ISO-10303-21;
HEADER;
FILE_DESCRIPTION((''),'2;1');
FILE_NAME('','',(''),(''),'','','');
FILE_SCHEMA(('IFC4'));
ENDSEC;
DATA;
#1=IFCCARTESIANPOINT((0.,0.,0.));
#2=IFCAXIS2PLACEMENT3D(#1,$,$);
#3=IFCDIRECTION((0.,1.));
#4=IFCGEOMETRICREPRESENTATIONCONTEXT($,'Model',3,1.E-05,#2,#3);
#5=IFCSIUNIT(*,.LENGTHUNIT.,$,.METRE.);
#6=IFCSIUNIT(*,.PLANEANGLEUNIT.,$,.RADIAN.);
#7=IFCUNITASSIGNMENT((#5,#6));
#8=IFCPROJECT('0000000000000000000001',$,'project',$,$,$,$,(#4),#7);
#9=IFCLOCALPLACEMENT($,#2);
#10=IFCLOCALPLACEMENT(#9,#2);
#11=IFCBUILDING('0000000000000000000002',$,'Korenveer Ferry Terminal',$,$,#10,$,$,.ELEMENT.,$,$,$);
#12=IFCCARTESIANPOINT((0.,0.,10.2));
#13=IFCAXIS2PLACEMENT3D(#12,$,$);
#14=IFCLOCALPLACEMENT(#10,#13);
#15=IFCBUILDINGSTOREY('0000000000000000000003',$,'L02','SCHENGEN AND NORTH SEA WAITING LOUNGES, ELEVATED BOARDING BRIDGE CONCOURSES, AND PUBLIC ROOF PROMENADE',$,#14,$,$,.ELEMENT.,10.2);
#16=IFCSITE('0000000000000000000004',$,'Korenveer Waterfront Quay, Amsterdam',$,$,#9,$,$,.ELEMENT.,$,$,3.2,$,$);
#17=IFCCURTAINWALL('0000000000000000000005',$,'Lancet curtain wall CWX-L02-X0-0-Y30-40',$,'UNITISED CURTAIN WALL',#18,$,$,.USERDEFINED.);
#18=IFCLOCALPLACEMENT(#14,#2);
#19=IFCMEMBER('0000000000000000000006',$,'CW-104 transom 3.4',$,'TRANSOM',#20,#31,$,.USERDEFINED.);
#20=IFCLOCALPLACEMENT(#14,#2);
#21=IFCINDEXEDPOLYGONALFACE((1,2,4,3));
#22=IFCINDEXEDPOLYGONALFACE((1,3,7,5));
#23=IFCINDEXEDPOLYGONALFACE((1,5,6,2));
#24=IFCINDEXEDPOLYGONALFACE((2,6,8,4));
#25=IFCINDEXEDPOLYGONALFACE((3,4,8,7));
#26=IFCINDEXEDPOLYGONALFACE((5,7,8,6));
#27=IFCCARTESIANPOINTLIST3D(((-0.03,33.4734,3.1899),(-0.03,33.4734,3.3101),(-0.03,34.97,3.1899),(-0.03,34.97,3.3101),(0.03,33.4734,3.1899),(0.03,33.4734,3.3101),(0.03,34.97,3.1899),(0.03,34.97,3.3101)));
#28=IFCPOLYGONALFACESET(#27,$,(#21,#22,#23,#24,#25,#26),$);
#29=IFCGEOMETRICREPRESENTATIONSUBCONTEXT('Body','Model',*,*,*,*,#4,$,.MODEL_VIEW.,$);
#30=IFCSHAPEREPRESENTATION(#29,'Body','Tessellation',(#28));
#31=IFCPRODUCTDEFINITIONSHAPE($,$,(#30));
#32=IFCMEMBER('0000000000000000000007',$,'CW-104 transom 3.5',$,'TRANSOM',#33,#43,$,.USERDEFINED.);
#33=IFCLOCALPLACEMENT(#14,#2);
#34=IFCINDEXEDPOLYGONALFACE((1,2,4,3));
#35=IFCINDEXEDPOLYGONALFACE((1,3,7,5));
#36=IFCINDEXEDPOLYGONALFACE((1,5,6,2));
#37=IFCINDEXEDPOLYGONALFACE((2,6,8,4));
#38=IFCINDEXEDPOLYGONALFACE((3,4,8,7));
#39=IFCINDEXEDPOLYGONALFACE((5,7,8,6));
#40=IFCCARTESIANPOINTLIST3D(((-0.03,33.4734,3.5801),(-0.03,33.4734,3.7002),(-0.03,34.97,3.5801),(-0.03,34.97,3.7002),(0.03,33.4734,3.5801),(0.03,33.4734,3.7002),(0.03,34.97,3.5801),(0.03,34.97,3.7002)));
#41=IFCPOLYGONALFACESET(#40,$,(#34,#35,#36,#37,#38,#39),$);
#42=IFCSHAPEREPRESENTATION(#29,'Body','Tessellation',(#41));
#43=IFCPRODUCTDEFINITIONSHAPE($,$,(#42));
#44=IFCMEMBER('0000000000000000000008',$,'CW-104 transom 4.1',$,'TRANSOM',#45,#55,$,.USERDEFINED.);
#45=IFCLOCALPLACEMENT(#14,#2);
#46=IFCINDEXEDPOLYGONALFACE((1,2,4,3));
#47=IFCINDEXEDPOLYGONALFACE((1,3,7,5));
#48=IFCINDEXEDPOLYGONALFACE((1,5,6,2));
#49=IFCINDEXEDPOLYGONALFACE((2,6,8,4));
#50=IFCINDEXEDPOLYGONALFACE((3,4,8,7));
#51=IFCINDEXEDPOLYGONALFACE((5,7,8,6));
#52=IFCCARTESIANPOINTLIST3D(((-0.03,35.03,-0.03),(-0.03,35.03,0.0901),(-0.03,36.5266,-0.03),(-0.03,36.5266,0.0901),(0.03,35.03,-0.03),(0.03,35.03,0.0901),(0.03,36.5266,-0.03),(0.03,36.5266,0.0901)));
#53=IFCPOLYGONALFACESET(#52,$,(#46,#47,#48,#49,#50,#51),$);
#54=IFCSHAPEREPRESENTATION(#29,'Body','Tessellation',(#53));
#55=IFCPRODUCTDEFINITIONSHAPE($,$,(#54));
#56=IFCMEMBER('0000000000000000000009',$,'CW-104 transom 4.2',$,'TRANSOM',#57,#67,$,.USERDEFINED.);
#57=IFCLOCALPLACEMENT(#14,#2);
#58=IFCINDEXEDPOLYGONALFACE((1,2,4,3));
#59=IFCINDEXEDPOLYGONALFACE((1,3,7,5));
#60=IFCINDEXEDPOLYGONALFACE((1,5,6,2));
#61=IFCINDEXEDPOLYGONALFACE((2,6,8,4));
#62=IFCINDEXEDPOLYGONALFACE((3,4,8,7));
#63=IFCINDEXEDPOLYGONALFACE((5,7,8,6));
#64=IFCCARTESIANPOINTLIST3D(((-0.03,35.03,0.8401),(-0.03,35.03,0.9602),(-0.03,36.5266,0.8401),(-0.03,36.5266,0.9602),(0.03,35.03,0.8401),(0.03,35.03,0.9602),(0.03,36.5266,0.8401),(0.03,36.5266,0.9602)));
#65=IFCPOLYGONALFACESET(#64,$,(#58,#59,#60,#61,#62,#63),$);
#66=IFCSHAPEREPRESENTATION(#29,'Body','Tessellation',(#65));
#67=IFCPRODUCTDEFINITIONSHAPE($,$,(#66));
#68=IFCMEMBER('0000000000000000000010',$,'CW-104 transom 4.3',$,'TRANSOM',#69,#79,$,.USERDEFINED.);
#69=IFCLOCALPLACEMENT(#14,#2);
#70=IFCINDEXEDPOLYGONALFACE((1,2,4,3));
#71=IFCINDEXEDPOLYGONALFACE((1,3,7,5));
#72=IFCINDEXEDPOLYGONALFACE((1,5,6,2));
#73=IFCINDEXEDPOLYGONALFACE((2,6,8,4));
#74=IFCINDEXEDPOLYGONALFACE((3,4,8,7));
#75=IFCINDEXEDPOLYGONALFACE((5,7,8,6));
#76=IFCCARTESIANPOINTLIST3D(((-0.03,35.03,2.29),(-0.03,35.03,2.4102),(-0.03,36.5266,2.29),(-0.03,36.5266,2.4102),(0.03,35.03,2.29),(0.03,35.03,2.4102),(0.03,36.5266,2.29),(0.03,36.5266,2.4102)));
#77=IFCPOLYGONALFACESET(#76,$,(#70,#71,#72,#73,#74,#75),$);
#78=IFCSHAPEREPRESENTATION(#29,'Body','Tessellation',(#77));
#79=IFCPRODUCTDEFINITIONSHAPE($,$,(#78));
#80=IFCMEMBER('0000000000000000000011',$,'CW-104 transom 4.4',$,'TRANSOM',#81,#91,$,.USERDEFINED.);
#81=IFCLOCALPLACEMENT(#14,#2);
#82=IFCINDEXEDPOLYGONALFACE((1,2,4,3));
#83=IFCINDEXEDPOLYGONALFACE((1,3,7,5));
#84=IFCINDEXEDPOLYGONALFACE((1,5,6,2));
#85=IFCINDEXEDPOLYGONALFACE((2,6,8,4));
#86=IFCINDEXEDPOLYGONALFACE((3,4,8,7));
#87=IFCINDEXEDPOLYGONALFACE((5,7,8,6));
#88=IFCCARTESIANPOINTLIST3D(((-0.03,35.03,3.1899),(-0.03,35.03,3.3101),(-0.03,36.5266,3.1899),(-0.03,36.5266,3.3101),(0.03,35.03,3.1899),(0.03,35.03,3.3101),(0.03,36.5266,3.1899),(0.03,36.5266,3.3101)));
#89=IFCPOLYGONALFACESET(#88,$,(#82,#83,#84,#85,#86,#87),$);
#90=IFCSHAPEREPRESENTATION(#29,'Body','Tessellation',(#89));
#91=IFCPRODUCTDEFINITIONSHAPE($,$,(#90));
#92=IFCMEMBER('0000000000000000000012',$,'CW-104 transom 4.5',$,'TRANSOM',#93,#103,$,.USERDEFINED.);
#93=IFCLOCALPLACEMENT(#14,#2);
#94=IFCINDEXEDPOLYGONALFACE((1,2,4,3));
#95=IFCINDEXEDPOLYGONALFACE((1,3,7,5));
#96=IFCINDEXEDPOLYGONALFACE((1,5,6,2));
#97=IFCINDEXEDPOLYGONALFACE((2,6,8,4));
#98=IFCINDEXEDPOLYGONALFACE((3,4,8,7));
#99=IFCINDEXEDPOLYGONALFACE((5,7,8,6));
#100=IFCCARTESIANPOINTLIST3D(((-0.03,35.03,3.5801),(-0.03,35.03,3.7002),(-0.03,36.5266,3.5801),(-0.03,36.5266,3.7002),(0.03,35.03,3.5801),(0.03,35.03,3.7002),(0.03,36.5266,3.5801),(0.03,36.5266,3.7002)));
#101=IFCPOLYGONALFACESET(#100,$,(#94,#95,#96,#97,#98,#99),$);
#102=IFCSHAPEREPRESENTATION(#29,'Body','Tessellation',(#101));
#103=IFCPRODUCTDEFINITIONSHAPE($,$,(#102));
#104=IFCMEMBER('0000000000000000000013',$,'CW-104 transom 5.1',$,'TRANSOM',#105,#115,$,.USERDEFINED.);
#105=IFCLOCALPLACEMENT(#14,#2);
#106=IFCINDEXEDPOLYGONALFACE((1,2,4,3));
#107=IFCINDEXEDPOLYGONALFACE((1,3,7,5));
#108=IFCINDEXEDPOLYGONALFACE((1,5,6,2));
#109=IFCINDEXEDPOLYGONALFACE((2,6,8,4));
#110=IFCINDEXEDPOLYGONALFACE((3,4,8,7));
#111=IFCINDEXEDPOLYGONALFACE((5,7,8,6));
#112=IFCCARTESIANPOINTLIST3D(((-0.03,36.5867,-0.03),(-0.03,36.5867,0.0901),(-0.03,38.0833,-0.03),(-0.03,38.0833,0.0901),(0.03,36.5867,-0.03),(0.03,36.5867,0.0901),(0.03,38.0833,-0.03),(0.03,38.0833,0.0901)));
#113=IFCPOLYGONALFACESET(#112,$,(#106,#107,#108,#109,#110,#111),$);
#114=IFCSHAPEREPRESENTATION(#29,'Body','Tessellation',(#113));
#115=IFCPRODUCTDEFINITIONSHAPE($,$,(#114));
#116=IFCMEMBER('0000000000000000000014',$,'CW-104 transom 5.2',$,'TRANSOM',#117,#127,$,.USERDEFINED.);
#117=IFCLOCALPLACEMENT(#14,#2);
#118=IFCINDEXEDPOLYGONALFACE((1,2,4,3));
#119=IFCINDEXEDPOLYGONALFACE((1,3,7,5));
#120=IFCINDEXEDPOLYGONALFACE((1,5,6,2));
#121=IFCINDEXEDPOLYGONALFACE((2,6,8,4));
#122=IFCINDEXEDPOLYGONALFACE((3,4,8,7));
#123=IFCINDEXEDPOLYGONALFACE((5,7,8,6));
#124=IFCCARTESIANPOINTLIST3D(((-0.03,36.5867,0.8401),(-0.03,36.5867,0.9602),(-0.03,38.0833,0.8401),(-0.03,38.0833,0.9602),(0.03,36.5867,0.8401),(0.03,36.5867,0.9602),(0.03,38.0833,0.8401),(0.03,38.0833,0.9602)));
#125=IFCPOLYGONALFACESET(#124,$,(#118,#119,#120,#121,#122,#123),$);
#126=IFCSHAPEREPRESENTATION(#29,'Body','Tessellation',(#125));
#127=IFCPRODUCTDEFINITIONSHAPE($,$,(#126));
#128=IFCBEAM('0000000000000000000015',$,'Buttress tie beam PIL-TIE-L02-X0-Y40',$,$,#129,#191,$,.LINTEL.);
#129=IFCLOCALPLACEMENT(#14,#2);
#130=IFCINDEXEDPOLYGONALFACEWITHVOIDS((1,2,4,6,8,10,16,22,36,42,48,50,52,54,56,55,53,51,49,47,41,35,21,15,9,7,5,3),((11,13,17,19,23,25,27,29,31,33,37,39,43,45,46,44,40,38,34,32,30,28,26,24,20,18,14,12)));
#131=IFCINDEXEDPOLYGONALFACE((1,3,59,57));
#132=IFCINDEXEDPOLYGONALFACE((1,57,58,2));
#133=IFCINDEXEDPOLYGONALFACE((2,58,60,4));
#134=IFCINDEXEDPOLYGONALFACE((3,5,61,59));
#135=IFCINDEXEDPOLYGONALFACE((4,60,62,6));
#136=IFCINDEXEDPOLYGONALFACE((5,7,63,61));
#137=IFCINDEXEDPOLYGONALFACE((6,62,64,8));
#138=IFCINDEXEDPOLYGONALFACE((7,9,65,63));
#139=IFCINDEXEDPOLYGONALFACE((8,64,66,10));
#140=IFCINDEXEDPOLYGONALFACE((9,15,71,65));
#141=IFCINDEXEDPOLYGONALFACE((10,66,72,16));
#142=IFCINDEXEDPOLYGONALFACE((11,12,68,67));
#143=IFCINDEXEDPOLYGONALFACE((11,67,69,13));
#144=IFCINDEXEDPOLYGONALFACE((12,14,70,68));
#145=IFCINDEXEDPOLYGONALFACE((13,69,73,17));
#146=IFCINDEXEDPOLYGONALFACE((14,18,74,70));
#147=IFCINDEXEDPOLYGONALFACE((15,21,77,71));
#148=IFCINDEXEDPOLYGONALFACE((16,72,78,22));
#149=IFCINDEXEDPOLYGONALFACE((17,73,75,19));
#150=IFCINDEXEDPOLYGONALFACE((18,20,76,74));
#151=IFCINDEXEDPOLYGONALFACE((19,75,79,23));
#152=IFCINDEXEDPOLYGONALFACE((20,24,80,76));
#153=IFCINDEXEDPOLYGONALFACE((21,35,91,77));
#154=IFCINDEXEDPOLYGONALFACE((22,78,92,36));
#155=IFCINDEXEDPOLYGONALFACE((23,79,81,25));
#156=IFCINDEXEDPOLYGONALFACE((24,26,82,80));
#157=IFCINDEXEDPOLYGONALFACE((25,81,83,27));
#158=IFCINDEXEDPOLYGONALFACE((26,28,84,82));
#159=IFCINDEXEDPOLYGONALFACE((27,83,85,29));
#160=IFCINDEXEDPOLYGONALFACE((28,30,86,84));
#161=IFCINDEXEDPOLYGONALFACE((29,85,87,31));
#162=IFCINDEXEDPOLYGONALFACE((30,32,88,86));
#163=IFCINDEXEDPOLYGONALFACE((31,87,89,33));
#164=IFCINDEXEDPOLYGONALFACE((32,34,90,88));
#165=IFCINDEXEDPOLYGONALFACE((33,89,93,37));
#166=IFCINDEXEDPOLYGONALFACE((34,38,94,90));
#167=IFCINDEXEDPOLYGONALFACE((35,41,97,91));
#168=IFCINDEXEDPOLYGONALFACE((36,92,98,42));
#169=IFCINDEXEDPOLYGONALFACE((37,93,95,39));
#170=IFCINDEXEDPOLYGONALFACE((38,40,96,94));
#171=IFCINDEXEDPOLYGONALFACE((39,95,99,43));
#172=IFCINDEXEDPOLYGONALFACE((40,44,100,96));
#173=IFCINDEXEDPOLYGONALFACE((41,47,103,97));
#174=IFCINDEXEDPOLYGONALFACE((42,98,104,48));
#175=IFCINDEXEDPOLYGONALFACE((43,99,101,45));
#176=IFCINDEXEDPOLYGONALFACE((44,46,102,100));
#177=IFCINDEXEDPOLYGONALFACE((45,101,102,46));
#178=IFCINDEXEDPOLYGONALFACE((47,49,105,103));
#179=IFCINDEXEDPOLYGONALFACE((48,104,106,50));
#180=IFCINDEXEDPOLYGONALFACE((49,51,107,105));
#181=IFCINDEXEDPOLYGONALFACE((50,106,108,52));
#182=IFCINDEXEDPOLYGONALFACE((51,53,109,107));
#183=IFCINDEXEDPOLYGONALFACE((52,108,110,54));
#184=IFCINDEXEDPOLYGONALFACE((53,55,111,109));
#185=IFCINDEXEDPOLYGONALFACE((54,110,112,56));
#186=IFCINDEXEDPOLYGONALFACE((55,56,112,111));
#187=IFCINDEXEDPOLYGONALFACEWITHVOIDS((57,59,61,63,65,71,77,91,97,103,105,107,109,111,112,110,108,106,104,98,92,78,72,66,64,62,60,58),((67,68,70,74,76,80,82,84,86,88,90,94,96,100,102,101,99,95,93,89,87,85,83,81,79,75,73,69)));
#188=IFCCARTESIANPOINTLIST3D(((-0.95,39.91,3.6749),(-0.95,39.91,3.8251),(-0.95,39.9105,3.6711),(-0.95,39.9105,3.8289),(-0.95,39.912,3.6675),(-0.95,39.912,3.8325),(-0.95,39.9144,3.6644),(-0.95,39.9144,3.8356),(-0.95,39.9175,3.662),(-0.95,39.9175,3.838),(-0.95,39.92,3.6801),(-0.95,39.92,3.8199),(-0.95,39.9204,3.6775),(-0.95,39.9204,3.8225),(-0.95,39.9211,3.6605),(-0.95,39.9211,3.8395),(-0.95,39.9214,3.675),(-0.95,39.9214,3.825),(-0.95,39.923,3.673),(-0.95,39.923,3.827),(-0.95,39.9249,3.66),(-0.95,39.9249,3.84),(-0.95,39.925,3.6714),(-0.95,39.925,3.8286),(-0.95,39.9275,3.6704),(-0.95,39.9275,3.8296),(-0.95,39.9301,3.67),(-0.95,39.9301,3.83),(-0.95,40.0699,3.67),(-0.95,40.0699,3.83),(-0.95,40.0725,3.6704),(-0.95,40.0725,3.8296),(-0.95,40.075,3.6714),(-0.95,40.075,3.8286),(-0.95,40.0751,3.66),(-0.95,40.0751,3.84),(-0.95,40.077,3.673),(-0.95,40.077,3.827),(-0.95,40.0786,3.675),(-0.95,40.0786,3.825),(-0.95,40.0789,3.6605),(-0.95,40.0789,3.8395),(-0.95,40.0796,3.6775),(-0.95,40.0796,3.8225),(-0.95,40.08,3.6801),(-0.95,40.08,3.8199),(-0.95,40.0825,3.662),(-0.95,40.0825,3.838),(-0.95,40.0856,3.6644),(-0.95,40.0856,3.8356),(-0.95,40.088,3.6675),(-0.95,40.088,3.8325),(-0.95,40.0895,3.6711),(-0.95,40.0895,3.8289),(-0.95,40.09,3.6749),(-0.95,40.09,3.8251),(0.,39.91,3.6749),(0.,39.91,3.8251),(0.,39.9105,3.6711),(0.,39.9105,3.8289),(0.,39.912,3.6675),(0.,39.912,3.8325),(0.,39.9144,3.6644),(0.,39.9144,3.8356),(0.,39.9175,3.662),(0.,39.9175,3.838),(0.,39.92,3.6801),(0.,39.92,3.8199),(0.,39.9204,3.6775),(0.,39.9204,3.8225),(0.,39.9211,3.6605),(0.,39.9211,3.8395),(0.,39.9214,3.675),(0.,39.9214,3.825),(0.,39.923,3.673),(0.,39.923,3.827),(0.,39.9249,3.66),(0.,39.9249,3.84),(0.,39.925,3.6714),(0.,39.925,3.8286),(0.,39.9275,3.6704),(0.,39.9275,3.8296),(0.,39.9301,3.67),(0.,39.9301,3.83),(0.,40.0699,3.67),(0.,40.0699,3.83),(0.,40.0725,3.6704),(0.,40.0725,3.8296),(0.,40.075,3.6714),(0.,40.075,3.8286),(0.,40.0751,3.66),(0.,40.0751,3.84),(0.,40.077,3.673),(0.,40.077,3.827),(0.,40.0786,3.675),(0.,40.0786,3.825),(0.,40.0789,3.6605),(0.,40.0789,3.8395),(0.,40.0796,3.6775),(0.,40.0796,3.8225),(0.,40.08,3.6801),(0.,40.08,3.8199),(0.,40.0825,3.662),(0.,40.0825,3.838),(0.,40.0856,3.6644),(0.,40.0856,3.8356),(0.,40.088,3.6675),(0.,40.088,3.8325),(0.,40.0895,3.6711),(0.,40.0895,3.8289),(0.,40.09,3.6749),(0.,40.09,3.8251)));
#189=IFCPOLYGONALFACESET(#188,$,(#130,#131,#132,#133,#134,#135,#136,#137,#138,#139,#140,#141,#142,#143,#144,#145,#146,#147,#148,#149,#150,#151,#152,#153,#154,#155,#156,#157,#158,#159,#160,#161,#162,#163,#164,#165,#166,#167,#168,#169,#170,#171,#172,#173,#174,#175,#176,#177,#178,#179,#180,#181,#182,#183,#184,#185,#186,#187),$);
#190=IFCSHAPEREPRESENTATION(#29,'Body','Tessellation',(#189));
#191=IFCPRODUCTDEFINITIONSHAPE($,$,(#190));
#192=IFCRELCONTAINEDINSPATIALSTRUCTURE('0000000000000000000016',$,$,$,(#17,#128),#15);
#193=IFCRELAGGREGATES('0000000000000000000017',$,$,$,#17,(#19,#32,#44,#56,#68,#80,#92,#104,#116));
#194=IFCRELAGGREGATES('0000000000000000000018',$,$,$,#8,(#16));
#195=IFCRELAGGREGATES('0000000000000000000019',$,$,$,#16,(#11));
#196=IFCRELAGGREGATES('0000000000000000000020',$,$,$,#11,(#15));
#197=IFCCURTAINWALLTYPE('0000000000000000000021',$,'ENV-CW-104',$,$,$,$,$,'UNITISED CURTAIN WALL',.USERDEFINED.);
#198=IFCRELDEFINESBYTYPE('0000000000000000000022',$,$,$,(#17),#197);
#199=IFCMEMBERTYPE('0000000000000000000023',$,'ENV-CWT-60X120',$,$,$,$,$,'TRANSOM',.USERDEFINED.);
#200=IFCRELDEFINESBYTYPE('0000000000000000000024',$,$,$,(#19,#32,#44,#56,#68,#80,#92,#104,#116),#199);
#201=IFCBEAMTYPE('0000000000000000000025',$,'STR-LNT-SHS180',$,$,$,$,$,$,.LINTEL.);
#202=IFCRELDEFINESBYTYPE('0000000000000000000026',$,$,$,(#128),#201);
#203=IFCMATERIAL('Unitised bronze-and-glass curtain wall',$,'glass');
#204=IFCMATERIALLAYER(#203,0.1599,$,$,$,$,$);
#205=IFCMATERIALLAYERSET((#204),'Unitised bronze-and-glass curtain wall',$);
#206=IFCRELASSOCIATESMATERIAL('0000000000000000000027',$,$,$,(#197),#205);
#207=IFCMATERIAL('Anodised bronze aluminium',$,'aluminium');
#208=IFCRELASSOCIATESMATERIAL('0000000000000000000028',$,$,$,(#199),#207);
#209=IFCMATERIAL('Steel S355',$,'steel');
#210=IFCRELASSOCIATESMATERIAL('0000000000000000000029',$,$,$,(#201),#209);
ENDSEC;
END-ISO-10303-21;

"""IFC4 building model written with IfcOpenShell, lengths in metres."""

from ifc_helpers import new_model, si_unit, direction, frame, origin, origin_2d, place, context, subcontext, project, spatial, rectangle, hollow_rectangle, extrude, material, layer, layer_set, material_profile, profile_set, type_object, element, aggregate, save


model = new_model("IFC4")

# Units and contexts
model_context = context("Model", 3, precision=1e-05, world=origin(), true_north=direction((0.0, 1.0)))
body_context = subcontext(model_context, "Body", "Model", "MODEL_VIEW")
ifc_project = project(units=[si_unit("LENGTHUNIT", "METRE"), si_unit("PLANEANGLEUNIT", "RADIAN")], contexts=[model_context])

# Site, building, storey
site_placement = place(None, origin())
site = spatial("IfcSite", under=ifc_project, at=site_placement, Name="Korenveer Waterfront Quay, Amsterdam", CompositionType="ELEMENT", RefElevation=3.2)
building_placement = place(site_placement, origin())
building = spatial("IfcBuilding", under=site, at=building_placement, Name="Korenveer Ferry Terminal", CompositionType="ELEMENT")
storey_placement = place(building_placement, frame((0.0, 0.0, 10.2)))
storey = spatial("IfcBuildingStorey", under=building, at=storey_placement, Name="L02", Description="SCHENGEN AND NORTH SEA WAITING LOUNGES, ELEVATED BOARDING BRIDGE CONCOURSES, AND PUBLIC ROOF PROMENADE", CompositionType="ELEMENT", Elevation=10.2)

# Shared definitions
ifc_material_1 = material(Name="Steel S355", Category="steel")

# Curtain wall, members
ifc_material_2 = material(Name="Unitised bronze-and-glass curtain wall", Category="glass")
ifc_layer_1 = layer(ifc_material_2, 0.1599)
ifc_layer_set_1 = layer_set([ifc_layer_1], Name="Unitised bronze-and-glass curtain wall")
curtain_wall_type = type_object("IfcCurtainWallType", Name="ENV-CW-104", ElementType="UNITISED CURTAIN WALL", PredefinedType="USERDEFINED", material=ifc_layer_set_1)
curtain_wall_placement = place(storey_placement, frame((0.0, 30.3301, 0.0)))
curtain_wall = element("IfcCurtainWall", 1, at=curtain_wall_placement, inside=storey, type_object=curtain_wall_type, Name="Lancet curtain wall CWX-L02-X0-0-Y30-40", ObjectType="UNITISED CURTAIN WALL", PredefinedType="USERDEFINED")
ifc_material_3 = material(Name="Anodised bronze aluminium", Category="aluminium")
ifc_material_profile_1 = material_profile(ifc_material_3, rectangle(XDim=0.0601, YDim=0.1201, at=origin_2d()), Name="ALU 60x120")
ifc_profile_set_1 = profile_set([ifc_material_profile_1], Name="Anodised bronze aluminium")
member_type_1 = type_object("IfcMemberType", Name="ENV-CWT-60X120", ElementType="TRANSOM", PredefinedType="USERDEFINED", material=ifc_profile_set_1)
member_1_placement = place(storey_placement, frame((0.0, 33.4734, 3.25), z_axis=(0.0, 1.0, 0.0), x_axis=(-1.0, 0.0, 0.0)))
member_1 = element("IfcMember", 2, at=member_1_placement, type_object=member_type_1, Name="CW-104 transom 3.4", ObjectType="TRANSOM", PredefinedType="USERDEFINED", context=body_context, shape_type="SweptSolid", body=[
    extrude(rectangle(XDim=0.0601, YDim=0.1201, at=origin_2d()), origin(), (0.0, 0.0, 1.0), 1.4966),
])
member_2_placement = place(storey_placement, frame((0.0, 33.4734, 3.6401), z_axis=(0.0, 1.0, 0.0), x_axis=(-1.0, 0.0, 0.0)))
member_2 = element("IfcMember", 3, at=member_2_placement, type_object=member_type_1, Name="CW-104 transom 3.5", ObjectType="TRANSOM", PredefinedType="USERDEFINED", context=body_context, shape_type="SweptSolid", body=[
    extrude(rectangle(XDim=0.0601, YDim=0.1201, at=origin_2d()), origin(), (0.0, 0.0, 1.0), 1.4966),
])
member_3_placement = place(storey_placement, frame((0.0, 35.03, 0.03), z_axis=(0.0, 1.0, 0.0), x_axis=(-1.0, 0.0, 0.0)))
member_3 = element("IfcMember", 4, at=member_3_placement, type_object=member_type_1, Name="CW-104 transom 4.1", ObjectType="TRANSOM", PredefinedType="USERDEFINED", context=body_context, shape_type="SweptSolid", body=[
    extrude(rectangle(XDim=0.0601, YDim=0.1201, at=origin_2d()), origin(), (0.0, 0.0, 1.0), 1.4966),
])
member_4_placement = place(storey_placement, frame((0.0, 35.03, 0.9001), z_axis=(0.0, 1.0, 0.0), x_axis=(-1.0, 0.0, 0.0)))
member_4 = element("IfcMember", 5, at=member_4_placement, type_object=member_type_1, Name="CW-104 transom 4.2", ObjectType="TRANSOM", PredefinedType="USERDEFINED", context=body_context, shape_type="SweptSolid", body=[
    extrude(rectangle(XDim=0.0601, YDim=0.1201, at=origin_2d()), origin(), (0.0, 0.0, 1.0), 1.4966),
])
member_5_placement = place(storey_placement, frame((0.0, 35.03, 2.3501), z_axis=(0.0, 1.0, 0.0), x_axis=(-1.0, 0.0, 0.0)))
member_5 = element("IfcMember", 6, at=member_5_placement, type_object=member_type_1, Name="CW-104 transom 4.3", ObjectType="TRANSOM", PredefinedType="USERDEFINED", context=body_context, shape_type="SweptSolid", body=[
    extrude(rectangle(XDim=0.0601, YDim=0.1201, at=origin_2d()), origin(), (0.0, 0.0, 1.0), 1.4966),
])
member_6_placement = place(storey_placement, frame((0.0, 35.03, 3.25), z_axis=(0.0, 1.0, 0.0), x_axis=(-1.0, 0.0, 0.0)))
member_6 = element("IfcMember", 7, at=member_6_placement, type_object=member_type_1, Name="CW-104 transom 4.4", ObjectType="TRANSOM", PredefinedType="USERDEFINED", context=body_context, shape_type="SweptSolid", body=[
    extrude(rectangle(XDim=0.0601, YDim=0.1201, at=origin_2d()), origin(), (0.0, 0.0, 1.0), 1.4966),
])
member_7_placement = place(storey_placement, frame((0.0, 35.03, 3.6401), z_axis=(0.0, 1.0, 0.0), x_axis=(-1.0, 0.0, 0.0)))
member_7 = element("IfcMember", 8, at=member_7_placement, type_object=member_type_1, Name="CW-104 transom 4.5", ObjectType="TRANSOM", PredefinedType="USERDEFINED", context=body_context, shape_type="SweptSolid", body=[
    extrude(rectangle(XDim=0.0601, YDim=0.1201, at=origin_2d()), origin(), (0.0, 0.0, 1.0), 1.4966),
])
member_8_placement = place(storey_placement, frame((0.0, 36.5867, 0.03), z_axis=(0.0, 1.0, 0.0), x_axis=(-1.0, 0.0, 0.0)))
member_8 = element("IfcMember", 9, at=member_8_placement, type_object=member_type_1, Name="CW-104 transom 5.1", ObjectType="TRANSOM", PredefinedType="USERDEFINED", context=body_context, shape_type="SweptSolid", body=[
    extrude(rectangle(XDim=0.0601, YDim=0.1201, at=origin_2d()), origin(), (0.0, 0.0, 1.0), 1.4966),
])
member_9_placement = place(storey_placement, frame((0.0, 36.5867, 0.9001), z_axis=(0.0, 1.0, 0.0), x_axis=(-1.0, 0.0, 0.0)))
member_9 = element("IfcMember", 10, at=member_9_placement, type_object=member_type_1, Name="CW-104 transom 5.2", ObjectType="TRANSOM", PredefinedType="USERDEFINED", context=body_context, shape_type="SweptSolid", body=[
    extrude(rectangle(XDim=0.0601, YDim=0.1201, at=origin_2d()), origin(), (0.0, 0.0, 1.0), 1.4966),
])

# Beam
ifc_material_profile_2 = material_profile(ifc_material_1, hollow_rectangle(XDim=0.1799, YDim=0.1799, WallThickness=0.01, InnerFilletRadius=0.01, OuterFilletRadius=0.0149, at=origin_2d()), Name="SHS 180x180x10")
ifc_profile_set_2 = profile_set([ifc_material_profile_2], Name="Steel S355")
beam_type = type_object("IfcBeamType", Name="STR-LNT-SHS180", PredefinedType="LINTEL", material=ifc_profile_set_2)
beam_placement = place(storey_placement, frame((-0.95, 40.0, 3.75), z_axis=(1.0, 0.0, 0.0), x_axis=(0.0, 1.0, 0.0)))
element("IfcBeam", 11, at=beam_placement, inside=storey, type_object=beam_type, Name="Buttress tie beam PIL-TIE-L02-X0-Y40", PredefinedType="LINTEL", context=body_context, shape_type="SweptSolid", body=[
    extrude(hollow_rectangle(XDim=0.1799, YDim=0.1799, WallThickness=0.01, InnerFilletRadius=0.01, OuterFilletRadius=0.0149, at=origin_2d()), origin(), (0.0, 0.0, 1.0), 0.95),
])

aggregate(curtain_wall, [member_1, member_2, member_3, member_4, member_5, member_6, member_7, member_8, member_9])

save(model, "model.ifc")
